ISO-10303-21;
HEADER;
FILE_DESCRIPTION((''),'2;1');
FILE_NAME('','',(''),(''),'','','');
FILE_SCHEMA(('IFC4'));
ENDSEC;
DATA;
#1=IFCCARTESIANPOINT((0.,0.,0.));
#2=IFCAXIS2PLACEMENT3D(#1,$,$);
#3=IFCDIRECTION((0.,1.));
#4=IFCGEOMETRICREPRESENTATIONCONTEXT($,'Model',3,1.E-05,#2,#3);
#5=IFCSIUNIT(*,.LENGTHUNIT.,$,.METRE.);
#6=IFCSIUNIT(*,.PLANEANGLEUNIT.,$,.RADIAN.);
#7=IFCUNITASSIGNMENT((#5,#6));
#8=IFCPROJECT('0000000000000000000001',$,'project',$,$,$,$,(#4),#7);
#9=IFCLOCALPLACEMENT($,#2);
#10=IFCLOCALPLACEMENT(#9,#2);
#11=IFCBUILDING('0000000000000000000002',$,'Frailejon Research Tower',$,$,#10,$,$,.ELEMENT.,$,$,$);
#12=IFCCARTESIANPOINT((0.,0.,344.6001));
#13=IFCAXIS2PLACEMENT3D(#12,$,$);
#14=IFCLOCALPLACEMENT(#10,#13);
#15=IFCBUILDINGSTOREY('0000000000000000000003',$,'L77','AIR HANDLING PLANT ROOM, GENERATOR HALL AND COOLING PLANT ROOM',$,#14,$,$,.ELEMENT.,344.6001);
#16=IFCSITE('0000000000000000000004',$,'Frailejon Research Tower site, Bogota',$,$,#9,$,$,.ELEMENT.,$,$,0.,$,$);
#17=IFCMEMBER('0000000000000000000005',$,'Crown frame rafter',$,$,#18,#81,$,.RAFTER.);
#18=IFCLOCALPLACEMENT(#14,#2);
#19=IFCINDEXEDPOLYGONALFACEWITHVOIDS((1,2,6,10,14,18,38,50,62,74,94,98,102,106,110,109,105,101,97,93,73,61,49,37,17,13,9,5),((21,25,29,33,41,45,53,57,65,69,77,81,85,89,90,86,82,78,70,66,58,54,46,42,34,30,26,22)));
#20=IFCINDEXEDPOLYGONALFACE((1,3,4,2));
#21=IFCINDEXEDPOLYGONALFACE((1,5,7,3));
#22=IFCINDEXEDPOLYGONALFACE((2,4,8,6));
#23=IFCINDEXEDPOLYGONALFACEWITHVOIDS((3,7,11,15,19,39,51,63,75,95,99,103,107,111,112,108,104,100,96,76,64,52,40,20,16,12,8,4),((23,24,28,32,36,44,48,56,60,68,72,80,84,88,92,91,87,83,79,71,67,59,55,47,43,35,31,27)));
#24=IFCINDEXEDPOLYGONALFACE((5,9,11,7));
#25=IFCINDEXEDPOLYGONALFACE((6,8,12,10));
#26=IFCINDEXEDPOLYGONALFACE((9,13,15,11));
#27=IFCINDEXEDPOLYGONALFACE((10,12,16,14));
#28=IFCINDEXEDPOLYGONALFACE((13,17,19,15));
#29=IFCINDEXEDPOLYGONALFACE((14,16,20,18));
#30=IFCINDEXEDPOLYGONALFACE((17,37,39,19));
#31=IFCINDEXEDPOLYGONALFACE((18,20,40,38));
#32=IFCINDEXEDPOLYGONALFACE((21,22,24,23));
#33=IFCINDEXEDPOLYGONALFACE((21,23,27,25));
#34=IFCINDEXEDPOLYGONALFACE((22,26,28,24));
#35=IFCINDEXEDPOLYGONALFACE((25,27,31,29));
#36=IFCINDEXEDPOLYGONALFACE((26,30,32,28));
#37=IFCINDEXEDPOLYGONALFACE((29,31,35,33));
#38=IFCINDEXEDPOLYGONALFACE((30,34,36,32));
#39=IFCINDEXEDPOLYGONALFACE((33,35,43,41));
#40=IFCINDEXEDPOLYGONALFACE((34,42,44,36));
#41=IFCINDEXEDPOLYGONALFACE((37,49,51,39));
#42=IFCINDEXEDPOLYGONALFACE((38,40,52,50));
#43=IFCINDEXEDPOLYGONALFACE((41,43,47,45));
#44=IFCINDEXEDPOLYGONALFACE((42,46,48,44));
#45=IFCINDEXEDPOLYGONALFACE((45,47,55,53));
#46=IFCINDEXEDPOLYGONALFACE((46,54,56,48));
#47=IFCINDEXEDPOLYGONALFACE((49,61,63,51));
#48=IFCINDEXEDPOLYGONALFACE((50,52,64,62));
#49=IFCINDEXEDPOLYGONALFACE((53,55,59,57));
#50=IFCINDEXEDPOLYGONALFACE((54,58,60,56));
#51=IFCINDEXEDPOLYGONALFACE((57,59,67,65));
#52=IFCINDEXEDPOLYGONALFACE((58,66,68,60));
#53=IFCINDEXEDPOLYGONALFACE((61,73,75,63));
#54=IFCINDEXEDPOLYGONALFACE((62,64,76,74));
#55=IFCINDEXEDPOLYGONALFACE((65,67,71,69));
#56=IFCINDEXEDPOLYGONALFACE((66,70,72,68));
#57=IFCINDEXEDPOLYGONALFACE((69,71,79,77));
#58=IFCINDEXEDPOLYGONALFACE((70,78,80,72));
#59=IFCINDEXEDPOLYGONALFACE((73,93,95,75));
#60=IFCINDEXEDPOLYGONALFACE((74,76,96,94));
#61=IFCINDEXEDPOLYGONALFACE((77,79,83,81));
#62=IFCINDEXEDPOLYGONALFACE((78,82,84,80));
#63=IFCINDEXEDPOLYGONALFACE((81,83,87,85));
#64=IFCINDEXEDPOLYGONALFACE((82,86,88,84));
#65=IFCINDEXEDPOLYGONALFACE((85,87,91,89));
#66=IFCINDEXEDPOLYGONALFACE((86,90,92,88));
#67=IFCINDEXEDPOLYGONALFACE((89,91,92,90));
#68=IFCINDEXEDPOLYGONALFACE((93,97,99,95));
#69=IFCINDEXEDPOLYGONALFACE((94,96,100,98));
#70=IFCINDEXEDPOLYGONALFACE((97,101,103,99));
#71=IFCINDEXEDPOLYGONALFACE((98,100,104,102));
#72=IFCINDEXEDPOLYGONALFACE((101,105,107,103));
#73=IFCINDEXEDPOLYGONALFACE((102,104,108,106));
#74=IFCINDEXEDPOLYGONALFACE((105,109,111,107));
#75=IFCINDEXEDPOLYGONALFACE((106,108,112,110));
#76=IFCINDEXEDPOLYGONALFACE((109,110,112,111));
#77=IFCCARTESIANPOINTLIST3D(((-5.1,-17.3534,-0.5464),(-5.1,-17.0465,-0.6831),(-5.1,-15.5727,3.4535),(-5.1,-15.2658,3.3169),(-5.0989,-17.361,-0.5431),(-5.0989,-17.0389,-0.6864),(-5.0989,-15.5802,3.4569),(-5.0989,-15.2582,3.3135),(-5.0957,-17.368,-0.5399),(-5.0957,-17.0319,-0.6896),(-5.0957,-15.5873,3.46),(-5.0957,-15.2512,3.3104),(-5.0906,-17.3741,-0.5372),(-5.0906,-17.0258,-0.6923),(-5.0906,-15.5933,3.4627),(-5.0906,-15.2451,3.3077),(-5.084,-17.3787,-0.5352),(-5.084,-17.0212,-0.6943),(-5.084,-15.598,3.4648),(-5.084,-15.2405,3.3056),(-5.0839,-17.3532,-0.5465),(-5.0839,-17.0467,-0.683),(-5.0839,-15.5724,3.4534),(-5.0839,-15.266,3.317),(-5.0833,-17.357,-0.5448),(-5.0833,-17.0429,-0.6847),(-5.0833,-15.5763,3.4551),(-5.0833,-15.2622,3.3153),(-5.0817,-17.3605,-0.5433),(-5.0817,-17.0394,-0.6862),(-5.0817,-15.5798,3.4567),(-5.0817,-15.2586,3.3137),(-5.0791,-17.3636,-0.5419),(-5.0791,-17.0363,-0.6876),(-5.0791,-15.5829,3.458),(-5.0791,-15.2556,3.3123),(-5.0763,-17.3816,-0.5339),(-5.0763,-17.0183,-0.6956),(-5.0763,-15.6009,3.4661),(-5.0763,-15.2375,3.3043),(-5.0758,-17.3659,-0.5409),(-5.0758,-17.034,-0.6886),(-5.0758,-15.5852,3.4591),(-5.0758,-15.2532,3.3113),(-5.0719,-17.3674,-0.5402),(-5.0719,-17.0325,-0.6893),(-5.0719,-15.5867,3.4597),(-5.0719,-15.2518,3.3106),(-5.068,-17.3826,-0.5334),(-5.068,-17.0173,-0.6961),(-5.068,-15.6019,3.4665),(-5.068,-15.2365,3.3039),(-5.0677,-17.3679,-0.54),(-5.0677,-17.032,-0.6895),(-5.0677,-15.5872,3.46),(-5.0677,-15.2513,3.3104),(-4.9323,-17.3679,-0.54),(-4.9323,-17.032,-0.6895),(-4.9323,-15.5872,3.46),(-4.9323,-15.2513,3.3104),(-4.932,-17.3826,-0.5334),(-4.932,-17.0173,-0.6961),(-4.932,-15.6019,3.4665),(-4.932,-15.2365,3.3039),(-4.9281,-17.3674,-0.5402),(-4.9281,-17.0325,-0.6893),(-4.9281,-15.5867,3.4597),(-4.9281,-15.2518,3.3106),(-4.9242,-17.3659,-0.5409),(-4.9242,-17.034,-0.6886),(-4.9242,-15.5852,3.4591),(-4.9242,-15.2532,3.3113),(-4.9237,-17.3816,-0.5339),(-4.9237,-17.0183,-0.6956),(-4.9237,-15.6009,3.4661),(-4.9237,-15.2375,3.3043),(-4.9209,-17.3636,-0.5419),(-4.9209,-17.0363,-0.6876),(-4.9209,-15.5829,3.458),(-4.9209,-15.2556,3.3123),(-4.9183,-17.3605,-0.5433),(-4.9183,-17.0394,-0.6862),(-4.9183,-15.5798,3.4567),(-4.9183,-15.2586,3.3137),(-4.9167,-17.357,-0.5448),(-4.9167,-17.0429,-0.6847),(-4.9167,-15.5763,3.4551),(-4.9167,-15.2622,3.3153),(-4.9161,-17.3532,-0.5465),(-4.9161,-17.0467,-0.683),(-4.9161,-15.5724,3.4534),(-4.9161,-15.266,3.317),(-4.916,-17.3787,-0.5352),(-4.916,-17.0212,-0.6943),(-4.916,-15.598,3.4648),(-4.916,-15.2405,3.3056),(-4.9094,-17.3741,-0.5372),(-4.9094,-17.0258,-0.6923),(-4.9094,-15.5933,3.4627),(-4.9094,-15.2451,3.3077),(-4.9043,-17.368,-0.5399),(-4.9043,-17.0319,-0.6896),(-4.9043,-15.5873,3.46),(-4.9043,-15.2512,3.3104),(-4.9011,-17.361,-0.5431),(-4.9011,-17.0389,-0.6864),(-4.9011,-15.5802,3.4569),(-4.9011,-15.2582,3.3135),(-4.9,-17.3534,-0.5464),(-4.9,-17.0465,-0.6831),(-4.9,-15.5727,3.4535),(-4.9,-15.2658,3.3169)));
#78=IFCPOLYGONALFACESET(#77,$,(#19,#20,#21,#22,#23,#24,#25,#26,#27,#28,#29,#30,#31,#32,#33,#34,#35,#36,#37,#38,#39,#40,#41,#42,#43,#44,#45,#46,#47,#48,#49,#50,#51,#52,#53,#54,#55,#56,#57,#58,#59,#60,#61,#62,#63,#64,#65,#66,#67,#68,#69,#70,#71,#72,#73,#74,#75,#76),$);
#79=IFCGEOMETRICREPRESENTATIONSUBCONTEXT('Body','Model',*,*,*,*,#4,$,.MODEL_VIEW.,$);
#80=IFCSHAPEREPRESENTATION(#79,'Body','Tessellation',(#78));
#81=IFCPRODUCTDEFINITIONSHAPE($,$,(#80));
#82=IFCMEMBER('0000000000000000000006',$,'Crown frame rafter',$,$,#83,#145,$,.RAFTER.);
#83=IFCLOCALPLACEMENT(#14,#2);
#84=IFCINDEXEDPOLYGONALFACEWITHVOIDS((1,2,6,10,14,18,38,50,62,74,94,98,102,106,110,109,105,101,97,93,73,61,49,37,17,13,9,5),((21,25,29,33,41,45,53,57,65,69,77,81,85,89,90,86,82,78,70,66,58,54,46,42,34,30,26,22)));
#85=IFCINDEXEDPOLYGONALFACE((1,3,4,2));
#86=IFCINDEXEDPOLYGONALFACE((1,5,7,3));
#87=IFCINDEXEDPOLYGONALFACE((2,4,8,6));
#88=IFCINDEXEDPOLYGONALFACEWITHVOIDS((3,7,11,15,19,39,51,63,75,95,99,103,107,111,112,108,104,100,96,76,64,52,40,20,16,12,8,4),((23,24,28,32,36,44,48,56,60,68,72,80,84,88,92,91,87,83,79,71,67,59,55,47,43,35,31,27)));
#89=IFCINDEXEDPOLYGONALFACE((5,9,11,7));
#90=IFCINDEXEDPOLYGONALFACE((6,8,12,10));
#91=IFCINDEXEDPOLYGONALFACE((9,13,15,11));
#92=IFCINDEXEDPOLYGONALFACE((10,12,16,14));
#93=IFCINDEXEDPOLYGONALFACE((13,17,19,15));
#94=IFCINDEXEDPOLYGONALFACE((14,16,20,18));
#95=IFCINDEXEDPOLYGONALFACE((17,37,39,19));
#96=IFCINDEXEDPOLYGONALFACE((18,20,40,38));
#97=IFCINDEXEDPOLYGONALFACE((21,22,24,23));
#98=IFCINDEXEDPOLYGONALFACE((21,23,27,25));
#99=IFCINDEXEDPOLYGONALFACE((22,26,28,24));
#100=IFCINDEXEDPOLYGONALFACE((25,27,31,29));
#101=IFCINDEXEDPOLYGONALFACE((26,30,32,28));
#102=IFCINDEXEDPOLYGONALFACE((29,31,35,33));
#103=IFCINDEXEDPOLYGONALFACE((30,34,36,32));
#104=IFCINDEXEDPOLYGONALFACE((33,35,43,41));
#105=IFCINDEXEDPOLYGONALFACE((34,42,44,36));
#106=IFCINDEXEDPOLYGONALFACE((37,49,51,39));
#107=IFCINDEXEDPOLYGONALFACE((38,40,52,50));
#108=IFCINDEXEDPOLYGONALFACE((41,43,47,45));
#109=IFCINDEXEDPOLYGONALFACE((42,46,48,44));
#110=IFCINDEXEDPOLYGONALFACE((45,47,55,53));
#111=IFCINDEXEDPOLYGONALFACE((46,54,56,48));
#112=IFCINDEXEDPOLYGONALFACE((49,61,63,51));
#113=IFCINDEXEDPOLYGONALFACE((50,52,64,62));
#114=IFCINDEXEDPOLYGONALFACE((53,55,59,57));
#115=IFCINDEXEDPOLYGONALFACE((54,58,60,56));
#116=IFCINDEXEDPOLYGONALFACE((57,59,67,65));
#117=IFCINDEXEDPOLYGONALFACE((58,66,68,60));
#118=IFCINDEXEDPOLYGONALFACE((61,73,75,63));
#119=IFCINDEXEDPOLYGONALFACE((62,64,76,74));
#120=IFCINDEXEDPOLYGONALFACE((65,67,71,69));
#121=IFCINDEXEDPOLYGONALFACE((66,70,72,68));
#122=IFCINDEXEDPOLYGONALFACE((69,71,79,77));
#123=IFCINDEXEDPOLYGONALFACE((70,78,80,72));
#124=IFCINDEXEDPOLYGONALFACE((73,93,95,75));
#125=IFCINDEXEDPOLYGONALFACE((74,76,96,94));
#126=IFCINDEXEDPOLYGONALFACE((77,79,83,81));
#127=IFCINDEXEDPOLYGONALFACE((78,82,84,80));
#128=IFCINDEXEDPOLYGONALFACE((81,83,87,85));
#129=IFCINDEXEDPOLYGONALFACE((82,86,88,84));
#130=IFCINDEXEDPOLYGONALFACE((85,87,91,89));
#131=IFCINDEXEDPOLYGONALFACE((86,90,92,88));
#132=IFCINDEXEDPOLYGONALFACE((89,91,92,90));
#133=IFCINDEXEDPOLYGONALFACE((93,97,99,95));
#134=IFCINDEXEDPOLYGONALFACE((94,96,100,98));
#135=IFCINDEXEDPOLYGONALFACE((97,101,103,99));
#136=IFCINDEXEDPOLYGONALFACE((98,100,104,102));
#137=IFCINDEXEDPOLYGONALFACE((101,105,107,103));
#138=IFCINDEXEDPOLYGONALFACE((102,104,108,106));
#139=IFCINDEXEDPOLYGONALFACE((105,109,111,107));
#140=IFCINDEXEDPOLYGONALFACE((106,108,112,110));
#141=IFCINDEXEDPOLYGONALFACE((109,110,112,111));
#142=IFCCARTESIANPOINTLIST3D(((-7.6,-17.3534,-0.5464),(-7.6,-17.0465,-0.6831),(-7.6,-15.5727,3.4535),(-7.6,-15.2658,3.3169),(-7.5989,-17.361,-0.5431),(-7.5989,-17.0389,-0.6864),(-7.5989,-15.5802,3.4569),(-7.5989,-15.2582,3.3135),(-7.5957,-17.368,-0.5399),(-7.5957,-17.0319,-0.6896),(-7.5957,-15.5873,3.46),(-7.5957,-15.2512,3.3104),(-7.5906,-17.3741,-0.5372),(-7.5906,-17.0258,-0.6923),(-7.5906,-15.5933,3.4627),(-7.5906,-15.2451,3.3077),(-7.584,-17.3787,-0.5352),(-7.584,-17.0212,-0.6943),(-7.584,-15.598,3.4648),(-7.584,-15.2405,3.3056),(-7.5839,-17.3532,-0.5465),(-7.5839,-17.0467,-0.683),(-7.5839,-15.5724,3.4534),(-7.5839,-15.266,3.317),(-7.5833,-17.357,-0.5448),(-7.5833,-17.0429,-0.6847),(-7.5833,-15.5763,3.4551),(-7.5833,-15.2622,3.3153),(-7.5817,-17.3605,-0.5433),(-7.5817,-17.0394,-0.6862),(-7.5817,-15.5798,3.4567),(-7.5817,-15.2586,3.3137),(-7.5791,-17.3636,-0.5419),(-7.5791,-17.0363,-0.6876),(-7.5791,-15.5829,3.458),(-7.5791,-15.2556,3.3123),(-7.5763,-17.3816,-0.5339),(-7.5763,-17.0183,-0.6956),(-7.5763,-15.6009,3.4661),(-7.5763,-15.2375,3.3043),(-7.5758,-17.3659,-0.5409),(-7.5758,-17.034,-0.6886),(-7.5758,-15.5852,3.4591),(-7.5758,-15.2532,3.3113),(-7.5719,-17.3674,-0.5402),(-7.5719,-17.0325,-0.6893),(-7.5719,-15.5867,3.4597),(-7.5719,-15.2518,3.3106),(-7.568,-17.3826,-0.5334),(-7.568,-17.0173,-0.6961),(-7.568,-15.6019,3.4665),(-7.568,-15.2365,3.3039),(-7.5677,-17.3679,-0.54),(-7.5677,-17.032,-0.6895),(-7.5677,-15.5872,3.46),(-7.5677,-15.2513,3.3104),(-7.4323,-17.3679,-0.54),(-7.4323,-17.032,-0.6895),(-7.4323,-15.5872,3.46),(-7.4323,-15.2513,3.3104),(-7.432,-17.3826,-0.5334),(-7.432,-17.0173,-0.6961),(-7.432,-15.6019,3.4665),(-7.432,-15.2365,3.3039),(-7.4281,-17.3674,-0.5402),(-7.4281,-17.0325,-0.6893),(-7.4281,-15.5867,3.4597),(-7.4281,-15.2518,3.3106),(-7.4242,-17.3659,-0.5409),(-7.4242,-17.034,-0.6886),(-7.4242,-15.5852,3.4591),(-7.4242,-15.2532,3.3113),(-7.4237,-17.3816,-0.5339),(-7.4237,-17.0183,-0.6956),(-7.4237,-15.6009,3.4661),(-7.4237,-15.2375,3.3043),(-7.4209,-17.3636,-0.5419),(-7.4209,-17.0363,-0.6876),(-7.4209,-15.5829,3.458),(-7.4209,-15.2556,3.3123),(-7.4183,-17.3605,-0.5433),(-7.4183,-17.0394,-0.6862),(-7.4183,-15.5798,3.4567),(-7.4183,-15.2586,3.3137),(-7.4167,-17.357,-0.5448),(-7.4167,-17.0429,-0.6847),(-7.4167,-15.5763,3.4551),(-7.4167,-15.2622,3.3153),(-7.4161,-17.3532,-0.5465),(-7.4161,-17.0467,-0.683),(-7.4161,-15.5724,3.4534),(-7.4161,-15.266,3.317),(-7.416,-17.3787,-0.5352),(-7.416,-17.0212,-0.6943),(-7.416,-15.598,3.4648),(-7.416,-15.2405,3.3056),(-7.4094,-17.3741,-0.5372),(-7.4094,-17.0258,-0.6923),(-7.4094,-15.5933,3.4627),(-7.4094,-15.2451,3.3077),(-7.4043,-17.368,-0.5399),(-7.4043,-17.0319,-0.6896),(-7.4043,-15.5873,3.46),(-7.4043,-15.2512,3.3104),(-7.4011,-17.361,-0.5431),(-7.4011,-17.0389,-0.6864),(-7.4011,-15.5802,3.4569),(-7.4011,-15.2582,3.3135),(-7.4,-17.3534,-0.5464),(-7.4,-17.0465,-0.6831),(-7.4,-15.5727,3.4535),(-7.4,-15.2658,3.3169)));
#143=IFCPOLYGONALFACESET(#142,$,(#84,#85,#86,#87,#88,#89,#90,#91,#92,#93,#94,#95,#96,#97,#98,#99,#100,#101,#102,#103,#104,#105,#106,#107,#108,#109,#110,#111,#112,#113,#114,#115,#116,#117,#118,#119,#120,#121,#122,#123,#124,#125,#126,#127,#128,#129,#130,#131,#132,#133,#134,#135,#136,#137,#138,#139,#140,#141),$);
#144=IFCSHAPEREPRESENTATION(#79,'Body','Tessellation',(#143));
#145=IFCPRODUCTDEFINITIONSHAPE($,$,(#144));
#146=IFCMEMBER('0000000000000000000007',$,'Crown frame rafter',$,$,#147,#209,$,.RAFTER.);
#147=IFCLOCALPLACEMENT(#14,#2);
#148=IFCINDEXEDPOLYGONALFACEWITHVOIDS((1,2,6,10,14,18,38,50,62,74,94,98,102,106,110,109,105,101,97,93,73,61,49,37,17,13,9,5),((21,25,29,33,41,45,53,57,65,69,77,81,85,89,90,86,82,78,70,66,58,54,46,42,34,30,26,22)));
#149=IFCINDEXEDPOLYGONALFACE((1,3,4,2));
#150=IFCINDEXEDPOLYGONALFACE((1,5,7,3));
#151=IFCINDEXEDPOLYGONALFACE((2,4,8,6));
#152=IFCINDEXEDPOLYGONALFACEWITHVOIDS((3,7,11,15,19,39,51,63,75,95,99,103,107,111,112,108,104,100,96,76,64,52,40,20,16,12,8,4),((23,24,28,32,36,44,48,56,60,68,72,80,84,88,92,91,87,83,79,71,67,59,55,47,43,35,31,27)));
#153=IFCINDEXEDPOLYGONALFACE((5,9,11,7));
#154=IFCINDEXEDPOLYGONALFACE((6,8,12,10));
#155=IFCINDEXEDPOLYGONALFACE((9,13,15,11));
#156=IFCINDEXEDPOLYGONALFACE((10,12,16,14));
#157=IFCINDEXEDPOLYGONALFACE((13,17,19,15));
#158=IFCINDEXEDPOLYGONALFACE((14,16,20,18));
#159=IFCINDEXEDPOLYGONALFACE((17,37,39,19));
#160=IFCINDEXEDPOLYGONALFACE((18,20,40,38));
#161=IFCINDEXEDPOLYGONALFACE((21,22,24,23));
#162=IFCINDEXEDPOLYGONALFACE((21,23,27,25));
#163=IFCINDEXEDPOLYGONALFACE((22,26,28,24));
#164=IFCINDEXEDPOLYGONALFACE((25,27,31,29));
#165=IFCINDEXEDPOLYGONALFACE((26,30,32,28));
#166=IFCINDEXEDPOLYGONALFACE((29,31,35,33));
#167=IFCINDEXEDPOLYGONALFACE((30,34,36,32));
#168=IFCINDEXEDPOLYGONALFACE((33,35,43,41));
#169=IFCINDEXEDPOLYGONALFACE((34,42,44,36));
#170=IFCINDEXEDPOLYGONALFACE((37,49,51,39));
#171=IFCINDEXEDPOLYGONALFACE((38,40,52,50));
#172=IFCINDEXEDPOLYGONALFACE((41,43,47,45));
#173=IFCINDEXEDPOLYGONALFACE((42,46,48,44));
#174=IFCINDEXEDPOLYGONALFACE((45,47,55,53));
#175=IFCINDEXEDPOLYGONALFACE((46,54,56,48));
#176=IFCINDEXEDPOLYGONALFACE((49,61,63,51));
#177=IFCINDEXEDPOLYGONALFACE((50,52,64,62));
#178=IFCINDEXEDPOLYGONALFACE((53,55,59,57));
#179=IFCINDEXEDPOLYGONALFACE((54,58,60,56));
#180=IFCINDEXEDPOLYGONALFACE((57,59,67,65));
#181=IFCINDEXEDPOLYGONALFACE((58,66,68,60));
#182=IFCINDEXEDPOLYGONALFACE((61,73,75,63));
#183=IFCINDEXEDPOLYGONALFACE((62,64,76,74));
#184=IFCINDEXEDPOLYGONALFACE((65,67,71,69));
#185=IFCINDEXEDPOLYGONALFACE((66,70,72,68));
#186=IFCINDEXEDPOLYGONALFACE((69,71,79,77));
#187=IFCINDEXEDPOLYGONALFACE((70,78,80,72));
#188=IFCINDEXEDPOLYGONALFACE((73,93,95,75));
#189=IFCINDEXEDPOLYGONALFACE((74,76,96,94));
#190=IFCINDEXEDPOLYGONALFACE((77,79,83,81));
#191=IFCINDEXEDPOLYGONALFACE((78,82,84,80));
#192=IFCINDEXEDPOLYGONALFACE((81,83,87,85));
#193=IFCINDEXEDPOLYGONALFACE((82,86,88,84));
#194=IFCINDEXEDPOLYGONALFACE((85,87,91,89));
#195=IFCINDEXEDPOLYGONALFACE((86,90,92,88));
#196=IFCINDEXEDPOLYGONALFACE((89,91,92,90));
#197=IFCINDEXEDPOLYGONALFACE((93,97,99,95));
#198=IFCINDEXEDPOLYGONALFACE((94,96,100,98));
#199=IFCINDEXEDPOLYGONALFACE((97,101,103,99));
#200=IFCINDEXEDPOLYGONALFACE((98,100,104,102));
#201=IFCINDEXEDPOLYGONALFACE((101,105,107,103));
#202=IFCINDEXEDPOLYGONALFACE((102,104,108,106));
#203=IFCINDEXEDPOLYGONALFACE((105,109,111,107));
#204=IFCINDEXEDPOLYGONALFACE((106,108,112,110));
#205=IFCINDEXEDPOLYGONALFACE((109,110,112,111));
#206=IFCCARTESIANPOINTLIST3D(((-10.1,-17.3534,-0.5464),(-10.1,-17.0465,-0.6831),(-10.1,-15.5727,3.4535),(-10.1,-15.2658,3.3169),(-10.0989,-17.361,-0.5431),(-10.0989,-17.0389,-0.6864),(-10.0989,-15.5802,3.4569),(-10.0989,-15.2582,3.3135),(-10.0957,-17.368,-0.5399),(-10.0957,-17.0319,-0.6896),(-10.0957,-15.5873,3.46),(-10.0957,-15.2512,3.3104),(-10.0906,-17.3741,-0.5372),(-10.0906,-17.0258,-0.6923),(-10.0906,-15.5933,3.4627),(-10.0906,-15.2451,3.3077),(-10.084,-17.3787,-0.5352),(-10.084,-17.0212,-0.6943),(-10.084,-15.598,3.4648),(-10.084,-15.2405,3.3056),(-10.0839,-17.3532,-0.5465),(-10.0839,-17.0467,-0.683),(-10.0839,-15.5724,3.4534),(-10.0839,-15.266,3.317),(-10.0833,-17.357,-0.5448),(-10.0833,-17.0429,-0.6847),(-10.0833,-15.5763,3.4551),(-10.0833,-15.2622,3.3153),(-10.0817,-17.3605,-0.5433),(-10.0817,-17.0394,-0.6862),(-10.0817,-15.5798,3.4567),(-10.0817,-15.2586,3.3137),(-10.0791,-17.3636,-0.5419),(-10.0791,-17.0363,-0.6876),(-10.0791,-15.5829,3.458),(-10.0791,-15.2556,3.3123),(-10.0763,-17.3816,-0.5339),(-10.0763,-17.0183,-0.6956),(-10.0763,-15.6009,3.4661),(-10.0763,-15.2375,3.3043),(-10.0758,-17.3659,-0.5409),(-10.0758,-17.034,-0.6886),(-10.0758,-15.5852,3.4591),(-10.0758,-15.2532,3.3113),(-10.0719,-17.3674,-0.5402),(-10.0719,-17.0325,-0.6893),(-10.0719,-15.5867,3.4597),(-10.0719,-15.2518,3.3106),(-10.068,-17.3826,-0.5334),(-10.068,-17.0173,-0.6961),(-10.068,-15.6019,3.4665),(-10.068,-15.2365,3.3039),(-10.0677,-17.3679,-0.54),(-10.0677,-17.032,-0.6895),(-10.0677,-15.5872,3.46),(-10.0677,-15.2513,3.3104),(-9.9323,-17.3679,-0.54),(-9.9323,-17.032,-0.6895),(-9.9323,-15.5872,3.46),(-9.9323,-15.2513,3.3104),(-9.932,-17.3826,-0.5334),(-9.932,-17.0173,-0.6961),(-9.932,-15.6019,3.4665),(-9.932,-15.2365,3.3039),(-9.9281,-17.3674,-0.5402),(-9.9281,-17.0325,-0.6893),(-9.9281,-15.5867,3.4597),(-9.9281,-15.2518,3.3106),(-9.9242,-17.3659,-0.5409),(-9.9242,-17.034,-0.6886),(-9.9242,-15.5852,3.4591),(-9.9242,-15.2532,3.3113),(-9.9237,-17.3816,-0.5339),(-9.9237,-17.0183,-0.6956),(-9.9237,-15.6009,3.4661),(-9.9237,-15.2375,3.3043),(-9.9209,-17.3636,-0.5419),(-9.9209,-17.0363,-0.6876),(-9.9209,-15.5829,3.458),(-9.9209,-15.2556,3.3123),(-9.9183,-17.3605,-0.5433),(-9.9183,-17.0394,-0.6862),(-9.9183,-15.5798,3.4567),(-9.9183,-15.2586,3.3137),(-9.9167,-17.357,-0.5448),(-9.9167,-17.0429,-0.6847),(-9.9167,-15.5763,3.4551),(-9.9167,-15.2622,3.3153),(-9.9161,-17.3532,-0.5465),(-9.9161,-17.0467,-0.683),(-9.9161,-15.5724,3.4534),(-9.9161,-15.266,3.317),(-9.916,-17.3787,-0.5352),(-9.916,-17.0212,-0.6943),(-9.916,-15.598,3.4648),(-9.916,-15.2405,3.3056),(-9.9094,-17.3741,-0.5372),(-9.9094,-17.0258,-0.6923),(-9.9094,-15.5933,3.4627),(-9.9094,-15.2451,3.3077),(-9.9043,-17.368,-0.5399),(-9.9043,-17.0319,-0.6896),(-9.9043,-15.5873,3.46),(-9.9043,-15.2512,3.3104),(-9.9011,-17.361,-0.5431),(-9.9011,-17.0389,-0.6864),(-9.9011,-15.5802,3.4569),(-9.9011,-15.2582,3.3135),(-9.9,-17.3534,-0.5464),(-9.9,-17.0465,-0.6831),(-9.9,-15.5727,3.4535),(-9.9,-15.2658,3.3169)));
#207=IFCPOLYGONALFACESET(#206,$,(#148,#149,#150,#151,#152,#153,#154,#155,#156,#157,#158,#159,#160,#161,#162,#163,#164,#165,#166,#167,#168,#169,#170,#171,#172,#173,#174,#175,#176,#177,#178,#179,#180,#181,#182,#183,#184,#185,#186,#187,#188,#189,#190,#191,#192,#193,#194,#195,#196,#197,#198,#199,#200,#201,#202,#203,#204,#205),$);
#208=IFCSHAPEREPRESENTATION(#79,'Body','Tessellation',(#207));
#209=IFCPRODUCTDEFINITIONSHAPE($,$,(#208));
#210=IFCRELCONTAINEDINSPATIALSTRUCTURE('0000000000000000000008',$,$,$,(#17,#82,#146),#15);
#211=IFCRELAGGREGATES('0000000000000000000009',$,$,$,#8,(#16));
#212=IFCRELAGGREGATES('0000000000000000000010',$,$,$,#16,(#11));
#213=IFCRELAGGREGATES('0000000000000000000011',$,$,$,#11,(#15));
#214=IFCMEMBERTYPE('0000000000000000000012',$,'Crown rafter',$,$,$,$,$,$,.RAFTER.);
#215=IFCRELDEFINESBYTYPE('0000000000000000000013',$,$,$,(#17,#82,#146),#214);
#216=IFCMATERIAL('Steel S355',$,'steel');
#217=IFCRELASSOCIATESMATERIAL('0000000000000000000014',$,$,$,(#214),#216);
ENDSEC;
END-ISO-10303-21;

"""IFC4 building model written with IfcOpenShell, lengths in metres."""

from ifc_helpers import new_model, si_unit, direction, frame, origin, origin_2d, place, context, subcontext, project, spatial, hollow_rectangle, extrude, material, material_profile, profile_set, type_object, element, save


model = new_model("IFC4")

# Units and contexts
model_context = context("Model", 3, precision=1e-05, world=origin(), true_north=direction((0.0, 1.0)))
body_context = subcontext(model_context, "Body", "Model", "MODEL_VIEW")
ifc_project = project(units=[si_unit("LENGTHUNIT", "METRE"), si_unit("PLANEANGLEUNIT", "RADIAN")], contexts=[model_context])

# Site, building, storey
site_placement = place(None, origin())
site = spatial("IfcSite", under=ifc_project, at=site_placement, Name="Frailejon Research Tower site, Bogota", CompositionType="ELEMENT", RefElevation=0.0)
building_placement = place(site_placement, origin())
building = spatial("IfcBuilding", under=site, at=building_placement, Name="Frailejon Research Tower", CompositionType="ELEMENT")
storey_placement = place(building_placement, frame((0.0, 0.0, 344.6001)))
storey = spatial("IfcBuildingStorey", under=building, at=storey_placement, Name="L77", Description="AIR HANDLING PLANT ROOM, GENERATOR HALL AND COOLING PLANT ROOM", CompositionType="ELEMENT", Elevation=344.6001)

# Members
ifc_material_1 = material(Name="Steel S355", Category="steel")
ifc_material_profile_1 = material_profile(ifc_material_1, hollow_rectangle(XDim=0.2, YDim=0.3999, WallThickness=0.0161, InnerFilletRadius=0.0161, OuterFilletRadius=0.032, at=origin_2d()), Name="Crown rafter")
ifc_profile_set_1 = profile_set([ifc_material_profile_1], Name="Steel S355")
member_type = type_object("IfcMemberType", Name="Crown rafter", PredefinedType="RAFTER", material=ifc_profile_set_1)
for number, where, z_axis, x_axis, name in (
    (1, (-5.0, -17.2, -0.6147), (0.0, 0.406707, 0.913558), (-1.0, 0.0, 0.0), "Crown frame rafter"),
    (2, (-7.5, -17.2, -0.6147), (0.0, 0.406707, 0.913558), (-1.0, 0.0, 0.0), "Crown frame rafter"),
    (3, (-10.0, -17.2, -0.6147), (0.0, 0.406707, 0.913558), (-1.0, 0.0, 0.0), "Crown frame rafter"),
):
    element("IfcMember", number, at=place(storey_placement, frame(where, z_axis=z_axis, x_axis=x_axis)), inside=storey, type_object=member_type, Name=name, PredefinedType="RAFTER", context=body_context, shape_type="SweptSolid", body=[
        extrude(hollow_rectangle(XDim=0.2, YDim=0.3999, WallThickness=0.0161, InnerFilletRadius=0.0161, OuterFilletRadius=0.032, at=origin_2d()), origin(), (0.0, 0.0, 1.0), 4.3784),
    ])

save(model, "model.ifc")
